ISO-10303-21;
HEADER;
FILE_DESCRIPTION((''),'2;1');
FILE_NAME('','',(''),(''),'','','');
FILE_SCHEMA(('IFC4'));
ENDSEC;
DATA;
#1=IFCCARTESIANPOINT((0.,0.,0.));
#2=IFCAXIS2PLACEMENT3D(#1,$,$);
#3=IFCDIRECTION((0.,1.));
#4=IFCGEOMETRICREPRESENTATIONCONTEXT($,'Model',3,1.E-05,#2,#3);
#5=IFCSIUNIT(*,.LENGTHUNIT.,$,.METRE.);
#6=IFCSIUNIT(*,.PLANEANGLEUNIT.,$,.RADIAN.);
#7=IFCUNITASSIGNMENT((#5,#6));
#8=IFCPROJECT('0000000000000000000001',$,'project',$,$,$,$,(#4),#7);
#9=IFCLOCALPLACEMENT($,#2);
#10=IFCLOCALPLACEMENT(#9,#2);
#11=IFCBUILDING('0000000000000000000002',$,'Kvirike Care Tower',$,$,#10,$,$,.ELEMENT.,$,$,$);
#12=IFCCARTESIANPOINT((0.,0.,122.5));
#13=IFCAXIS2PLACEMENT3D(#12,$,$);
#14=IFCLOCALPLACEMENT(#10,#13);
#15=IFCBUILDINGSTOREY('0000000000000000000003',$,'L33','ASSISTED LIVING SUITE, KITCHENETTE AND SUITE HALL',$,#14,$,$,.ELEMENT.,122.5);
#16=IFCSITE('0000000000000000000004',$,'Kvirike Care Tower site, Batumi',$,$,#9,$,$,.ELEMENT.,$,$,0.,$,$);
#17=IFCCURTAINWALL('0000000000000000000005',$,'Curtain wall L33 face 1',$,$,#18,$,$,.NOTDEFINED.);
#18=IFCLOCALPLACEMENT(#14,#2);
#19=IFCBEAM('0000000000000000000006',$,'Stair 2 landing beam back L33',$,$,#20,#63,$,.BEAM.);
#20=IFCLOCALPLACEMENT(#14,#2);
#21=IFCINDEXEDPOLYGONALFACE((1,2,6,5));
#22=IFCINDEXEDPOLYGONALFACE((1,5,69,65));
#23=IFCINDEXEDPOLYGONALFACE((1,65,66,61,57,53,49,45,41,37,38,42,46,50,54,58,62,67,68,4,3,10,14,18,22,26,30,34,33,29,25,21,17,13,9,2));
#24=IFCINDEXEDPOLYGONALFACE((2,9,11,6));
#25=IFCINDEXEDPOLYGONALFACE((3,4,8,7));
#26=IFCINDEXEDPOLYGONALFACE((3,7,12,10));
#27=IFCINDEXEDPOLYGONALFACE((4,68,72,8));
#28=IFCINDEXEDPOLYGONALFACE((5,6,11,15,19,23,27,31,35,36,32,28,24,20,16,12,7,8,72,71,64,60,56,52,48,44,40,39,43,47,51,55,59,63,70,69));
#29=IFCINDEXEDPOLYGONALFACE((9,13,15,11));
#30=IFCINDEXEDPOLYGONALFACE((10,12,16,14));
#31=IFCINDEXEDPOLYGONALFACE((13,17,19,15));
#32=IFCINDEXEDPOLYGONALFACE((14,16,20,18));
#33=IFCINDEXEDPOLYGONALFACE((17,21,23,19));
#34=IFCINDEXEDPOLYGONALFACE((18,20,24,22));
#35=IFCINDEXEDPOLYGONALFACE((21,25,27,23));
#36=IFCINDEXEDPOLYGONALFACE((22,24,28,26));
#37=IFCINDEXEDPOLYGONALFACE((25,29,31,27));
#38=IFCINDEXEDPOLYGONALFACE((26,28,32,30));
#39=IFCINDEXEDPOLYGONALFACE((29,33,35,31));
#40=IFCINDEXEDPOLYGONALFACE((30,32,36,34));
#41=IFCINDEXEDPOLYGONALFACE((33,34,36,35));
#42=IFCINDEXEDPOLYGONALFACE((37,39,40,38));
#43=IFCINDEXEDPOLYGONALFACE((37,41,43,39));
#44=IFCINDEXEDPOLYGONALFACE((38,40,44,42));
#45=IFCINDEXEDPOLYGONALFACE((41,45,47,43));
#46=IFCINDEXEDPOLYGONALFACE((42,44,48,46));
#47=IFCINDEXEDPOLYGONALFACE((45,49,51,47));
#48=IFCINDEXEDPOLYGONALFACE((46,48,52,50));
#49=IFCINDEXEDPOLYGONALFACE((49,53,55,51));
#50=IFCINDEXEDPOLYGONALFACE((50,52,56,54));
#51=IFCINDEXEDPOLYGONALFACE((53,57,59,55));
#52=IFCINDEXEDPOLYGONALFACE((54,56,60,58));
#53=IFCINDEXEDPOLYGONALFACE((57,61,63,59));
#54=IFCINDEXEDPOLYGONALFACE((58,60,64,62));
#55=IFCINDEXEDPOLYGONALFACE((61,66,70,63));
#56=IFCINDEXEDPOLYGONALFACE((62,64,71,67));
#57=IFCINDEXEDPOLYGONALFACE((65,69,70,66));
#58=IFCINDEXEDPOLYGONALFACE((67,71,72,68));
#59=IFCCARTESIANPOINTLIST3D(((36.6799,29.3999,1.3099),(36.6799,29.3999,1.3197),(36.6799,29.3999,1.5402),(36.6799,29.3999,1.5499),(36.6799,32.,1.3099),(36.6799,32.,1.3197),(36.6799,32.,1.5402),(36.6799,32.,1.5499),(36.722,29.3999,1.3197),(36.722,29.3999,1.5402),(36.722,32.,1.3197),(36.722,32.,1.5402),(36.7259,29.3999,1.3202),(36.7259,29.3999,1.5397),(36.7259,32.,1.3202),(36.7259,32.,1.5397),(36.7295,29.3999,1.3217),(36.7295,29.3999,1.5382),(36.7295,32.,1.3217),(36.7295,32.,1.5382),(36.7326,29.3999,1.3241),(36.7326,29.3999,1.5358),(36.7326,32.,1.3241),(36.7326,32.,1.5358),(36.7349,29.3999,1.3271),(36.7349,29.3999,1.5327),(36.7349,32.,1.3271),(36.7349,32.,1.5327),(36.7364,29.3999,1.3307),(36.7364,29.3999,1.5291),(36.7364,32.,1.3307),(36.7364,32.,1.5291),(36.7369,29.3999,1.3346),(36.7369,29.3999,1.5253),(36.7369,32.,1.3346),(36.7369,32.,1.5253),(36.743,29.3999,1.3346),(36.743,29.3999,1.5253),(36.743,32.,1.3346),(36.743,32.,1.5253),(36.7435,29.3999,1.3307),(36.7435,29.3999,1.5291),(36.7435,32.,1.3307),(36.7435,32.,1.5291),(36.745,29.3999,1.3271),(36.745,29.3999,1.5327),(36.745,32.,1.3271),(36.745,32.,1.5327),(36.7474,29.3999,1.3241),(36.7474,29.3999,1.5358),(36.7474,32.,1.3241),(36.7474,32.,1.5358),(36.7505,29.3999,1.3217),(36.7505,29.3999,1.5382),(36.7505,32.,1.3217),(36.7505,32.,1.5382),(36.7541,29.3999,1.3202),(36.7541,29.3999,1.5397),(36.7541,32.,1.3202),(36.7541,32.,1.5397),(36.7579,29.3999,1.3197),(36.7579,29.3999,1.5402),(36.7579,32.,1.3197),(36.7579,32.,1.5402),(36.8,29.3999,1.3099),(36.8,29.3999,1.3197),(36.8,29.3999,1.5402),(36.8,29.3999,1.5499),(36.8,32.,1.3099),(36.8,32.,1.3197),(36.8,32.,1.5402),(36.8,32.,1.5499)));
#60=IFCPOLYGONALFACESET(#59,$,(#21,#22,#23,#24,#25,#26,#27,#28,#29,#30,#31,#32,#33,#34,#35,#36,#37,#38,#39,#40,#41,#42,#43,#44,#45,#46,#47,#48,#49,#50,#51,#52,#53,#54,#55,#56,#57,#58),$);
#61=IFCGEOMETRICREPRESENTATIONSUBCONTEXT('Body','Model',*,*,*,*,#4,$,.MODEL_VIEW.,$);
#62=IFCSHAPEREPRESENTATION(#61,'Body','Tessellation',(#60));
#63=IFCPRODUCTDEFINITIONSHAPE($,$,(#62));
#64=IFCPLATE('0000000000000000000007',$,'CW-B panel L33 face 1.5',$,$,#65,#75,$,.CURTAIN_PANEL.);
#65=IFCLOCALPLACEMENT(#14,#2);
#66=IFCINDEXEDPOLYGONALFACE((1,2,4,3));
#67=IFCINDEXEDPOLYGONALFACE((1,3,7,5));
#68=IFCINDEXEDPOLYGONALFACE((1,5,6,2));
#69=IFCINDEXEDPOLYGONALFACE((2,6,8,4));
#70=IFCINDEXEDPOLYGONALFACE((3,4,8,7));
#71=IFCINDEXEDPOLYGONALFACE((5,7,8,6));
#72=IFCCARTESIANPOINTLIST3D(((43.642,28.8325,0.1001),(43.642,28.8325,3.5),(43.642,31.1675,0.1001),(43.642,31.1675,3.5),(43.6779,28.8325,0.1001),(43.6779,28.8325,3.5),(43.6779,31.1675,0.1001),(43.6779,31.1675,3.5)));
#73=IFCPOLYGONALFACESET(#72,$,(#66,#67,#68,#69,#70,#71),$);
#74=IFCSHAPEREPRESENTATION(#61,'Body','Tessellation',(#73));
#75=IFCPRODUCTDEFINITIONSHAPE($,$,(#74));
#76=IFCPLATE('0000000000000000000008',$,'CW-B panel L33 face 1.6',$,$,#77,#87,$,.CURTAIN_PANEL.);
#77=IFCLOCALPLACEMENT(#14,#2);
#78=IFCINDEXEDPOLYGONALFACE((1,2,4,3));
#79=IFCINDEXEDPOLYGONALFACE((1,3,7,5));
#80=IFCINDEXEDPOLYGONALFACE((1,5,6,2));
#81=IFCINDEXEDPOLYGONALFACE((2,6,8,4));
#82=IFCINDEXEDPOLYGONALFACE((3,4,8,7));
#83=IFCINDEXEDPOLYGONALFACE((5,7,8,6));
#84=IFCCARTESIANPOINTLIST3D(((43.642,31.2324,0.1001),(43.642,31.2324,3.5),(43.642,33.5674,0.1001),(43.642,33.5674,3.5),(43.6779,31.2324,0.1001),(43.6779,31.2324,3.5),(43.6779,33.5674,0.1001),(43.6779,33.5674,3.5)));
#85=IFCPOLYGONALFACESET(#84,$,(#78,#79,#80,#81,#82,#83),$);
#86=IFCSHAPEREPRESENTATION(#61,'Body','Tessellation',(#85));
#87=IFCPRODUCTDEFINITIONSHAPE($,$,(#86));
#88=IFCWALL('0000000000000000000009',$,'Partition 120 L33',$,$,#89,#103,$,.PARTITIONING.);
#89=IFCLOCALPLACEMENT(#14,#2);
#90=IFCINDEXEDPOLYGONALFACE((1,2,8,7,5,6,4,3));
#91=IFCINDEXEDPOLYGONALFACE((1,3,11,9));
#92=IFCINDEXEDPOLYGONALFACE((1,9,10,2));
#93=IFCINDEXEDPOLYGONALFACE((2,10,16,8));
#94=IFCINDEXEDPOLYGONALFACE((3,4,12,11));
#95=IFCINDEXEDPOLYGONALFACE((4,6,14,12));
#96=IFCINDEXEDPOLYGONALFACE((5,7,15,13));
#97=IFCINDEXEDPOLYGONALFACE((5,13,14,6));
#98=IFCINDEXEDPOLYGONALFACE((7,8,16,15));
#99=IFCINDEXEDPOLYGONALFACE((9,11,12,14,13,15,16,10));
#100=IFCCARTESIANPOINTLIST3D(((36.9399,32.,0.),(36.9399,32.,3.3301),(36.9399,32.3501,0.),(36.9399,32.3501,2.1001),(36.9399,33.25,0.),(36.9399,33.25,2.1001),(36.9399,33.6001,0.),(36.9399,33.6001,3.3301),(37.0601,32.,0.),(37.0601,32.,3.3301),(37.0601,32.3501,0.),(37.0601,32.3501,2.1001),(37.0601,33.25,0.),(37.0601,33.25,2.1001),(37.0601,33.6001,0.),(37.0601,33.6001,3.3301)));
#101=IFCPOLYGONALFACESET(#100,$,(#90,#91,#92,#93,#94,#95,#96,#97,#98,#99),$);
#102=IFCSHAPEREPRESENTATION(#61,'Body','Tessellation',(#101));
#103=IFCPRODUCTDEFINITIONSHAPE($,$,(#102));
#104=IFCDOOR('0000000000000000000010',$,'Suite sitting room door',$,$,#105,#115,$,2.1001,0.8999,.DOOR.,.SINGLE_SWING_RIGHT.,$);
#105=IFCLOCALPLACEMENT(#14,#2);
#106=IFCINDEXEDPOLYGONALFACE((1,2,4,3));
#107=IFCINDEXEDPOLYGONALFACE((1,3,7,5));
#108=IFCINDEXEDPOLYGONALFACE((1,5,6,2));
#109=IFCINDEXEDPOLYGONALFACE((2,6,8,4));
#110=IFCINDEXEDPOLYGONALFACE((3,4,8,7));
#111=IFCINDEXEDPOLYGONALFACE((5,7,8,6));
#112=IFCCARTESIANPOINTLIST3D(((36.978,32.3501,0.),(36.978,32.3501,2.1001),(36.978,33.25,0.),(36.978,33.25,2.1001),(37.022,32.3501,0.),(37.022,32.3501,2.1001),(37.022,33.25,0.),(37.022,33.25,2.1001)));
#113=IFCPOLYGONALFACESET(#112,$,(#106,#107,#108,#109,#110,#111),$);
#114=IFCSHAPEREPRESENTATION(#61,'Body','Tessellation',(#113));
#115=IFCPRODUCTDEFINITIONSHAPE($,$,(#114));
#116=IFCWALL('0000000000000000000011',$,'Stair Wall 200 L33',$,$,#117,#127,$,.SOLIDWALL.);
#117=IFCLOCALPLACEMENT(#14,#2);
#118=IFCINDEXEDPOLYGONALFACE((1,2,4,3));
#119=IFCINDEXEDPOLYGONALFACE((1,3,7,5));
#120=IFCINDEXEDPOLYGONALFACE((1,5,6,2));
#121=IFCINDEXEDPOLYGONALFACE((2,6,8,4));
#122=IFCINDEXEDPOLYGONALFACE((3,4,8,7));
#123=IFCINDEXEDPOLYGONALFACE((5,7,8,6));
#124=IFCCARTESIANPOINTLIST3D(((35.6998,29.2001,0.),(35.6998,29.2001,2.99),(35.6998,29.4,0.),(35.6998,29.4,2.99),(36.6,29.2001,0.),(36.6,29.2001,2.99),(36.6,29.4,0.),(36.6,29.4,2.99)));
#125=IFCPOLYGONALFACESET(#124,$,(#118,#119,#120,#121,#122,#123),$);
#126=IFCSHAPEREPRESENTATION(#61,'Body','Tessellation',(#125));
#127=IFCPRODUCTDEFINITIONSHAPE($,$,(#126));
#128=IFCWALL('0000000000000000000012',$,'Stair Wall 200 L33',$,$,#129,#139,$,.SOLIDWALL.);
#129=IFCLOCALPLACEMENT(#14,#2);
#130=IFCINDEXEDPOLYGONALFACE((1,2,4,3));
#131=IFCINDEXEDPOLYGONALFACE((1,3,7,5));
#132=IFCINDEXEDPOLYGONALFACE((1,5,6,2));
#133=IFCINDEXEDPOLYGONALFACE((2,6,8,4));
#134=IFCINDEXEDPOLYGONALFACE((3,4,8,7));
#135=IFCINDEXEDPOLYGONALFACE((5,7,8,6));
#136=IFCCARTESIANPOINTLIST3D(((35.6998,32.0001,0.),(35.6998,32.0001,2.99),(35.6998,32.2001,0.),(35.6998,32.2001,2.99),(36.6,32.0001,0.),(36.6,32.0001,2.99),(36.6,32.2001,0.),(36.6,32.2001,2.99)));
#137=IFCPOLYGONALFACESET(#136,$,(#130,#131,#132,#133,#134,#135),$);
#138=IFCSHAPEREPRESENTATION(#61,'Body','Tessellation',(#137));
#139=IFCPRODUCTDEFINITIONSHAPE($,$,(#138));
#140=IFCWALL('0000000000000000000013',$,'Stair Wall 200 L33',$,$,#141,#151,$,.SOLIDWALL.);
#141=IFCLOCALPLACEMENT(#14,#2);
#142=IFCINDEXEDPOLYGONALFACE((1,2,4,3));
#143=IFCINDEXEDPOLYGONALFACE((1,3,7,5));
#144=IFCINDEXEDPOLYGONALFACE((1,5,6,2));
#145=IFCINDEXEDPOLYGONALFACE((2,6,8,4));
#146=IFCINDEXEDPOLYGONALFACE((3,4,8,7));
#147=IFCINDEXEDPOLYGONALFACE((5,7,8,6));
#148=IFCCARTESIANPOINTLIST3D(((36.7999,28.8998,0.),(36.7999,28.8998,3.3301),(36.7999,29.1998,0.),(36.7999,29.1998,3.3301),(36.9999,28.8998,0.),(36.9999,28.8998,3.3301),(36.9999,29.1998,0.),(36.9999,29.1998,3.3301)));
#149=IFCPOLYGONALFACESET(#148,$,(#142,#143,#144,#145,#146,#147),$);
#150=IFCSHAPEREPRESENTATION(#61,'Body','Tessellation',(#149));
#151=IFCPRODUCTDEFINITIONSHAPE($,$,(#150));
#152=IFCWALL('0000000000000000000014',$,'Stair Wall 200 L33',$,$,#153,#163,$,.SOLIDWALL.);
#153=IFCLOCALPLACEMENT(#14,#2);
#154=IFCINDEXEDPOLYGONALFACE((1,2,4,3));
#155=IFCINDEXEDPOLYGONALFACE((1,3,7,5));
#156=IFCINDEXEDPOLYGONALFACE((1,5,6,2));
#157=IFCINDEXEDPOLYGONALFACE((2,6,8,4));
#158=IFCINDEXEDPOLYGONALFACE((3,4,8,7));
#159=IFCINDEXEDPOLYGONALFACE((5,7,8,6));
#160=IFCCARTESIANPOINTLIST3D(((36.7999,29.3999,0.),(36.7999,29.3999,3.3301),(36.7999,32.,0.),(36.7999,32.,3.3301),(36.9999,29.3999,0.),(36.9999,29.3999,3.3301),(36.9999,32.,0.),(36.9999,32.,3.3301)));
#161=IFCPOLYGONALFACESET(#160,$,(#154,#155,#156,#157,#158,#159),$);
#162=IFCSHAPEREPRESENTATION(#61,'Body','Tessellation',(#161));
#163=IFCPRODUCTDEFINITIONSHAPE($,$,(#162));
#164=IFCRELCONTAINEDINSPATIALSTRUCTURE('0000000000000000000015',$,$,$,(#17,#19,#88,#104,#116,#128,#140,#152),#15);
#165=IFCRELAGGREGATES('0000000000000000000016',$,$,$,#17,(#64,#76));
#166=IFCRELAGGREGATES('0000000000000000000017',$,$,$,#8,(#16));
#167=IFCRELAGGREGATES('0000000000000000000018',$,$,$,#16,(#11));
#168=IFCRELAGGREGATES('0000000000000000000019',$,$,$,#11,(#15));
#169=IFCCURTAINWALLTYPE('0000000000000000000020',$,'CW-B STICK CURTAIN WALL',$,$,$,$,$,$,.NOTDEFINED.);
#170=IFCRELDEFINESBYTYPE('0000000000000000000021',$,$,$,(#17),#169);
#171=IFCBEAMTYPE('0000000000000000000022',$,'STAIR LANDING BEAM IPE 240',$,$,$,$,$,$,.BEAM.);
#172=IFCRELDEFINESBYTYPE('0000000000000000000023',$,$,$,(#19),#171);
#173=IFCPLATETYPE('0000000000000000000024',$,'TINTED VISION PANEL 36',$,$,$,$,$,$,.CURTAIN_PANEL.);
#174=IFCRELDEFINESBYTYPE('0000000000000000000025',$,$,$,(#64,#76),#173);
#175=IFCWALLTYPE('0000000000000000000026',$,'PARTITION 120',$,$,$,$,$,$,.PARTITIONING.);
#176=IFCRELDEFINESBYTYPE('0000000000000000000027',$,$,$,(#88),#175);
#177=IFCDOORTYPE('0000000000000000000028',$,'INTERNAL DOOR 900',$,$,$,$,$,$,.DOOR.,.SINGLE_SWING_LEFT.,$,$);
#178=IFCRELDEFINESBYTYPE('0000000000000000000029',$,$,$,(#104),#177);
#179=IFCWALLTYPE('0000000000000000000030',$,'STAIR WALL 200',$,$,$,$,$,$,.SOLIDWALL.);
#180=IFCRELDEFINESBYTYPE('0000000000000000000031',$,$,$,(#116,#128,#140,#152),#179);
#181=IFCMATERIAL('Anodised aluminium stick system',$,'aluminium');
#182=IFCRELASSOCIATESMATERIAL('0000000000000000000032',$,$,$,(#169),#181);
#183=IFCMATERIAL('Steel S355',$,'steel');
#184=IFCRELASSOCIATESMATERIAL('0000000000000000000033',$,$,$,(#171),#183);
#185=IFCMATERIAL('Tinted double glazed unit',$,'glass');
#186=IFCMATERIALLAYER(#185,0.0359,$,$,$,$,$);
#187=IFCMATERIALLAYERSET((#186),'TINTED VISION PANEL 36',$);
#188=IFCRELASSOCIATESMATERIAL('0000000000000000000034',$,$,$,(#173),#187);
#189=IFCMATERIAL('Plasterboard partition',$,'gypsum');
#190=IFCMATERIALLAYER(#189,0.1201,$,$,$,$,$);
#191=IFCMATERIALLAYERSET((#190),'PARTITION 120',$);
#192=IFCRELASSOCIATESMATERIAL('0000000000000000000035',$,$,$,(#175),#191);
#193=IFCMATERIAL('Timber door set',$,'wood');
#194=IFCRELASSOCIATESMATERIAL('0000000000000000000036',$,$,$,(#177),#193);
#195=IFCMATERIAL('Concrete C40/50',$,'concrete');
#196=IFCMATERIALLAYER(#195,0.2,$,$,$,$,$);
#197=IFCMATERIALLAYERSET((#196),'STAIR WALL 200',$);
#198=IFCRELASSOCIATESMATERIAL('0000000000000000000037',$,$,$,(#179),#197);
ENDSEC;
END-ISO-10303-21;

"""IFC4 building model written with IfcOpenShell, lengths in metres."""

from ifc_helpers import new_model, si_unit, direction, frame, frame_2d, origin, origin_2d, place, context, subcontext, project, spatial, rectangle, i_section, extrude, material, layer, layer_set, material_profile, profile_set, type_object, element, fill, aggregate, save


model = new_model("IFC4")

# Units and contexts
model_context = context("Model", 3, precision=1e-05, world=origin(), true_north=direction((0.0, 1.0)))
body_context = subcontext(model_context, "Body", "Model", "MODEL_VIEW")
ifc_project = project(units=[si_unit("LENGTHUNIT", "METRE"), si_unit("PLANEANGLEUNIT", "RADIAN")], contexts=[model_context])

# Site, building, storey
site_placement = place(None, origin())
site = spatial("IfcSite", under=ifc_project, at=site_placement, Name="Kvirike Care Tower site, Batumi", CompositionType="ELEMENT", RefElevation=0.0)
building_placement = place(site_placement, origin())
building = spatial("IfcBuilding", under=site, at=building_placement, Name="Kvirike Care Tower", CompositionType="ELEMENT")
storey_placement = place(building_placement, frame((0.0, 0.0, 122.5)))
storey = spatial("IfcBuildingStorey", under=building, at=storey_placement, Name="L33", Description="ASSISTED LIVING SUITE, KITCHENETTE AND SUITE HALL", CompositionType="ELEMENT", Elevation=122.5)

# Curtain wall
ifc_material_1 = material(Name="Anodised aluminium stick system", Category="aluminium")
curtain_wall_type = type_object("IfcCurtainWallType", Name="CW-B STICK CURTAIN WALL", PredefinedType="NOTDEFINED", material=ifc_material_1)
curtain_wall_placement = place(storey_placement, origin())
curtain_wall = element("IfcCurtainWall", 1, at=curtain_wall_placement, inside=storey, type_object=curtain_wall_type, Name="Curtain wall L33 face 1", PredefinedType="NOTDEFINED")

# Beam
ifc_material_2 = material(Name="Steel S355", Category="steel")
ifc_material_profile_1 = material_profile(ifc_material_2, i_section(OverallWidth=0.1201, OverallDepth=0.24, WebThickness=0.0061, FlangeThickness=0.0098, FilletRadius=0.0149, at=origin_2d()), Name="IPE 240")
ifc_profile_set_1 = profile_set([ifc_material_profile_1], Name="Steel S355")
beam_type_1 = type_object("IfcBeamType", Name="STAIR LANDING BEAM IPE 240", PredefinedType="BEAM", material=ifc_profile_set_1)
beam_1_placement = place(storey_placement, frame((36.74, 29.3999, 1.4299), z_axis=(0.0, 1.0, 0.0), x_axis=(-1.0, 0.0, 0.0)))
element("IfcBeam", 2, at=beam_1_placement, inside=storey, type_object=beam_type_1, Name="Stair 2 landing beam back L33", PredefinedType="BEAM", context=body_context, shape_type="SweptSolid", body=[
    extrude(i_section(OverallWidth=0.1201, OverallDepth=0.24, WebThickness=0.0061, FlangeThickness=0.0098, FilletRadius=0.0149, at=origin_2d()), origin(), (0.0, 0.0, 1.0), 2.6001),
])

# Plates
ifc_material_3 = material(Name="Tinted double glazed unit", Category="glass")
ifc_layer_1 = layer(ifc_material_3, 0.0359)
ifc_layer_set_1 = layer_set([ifc_layer_1], Name="TINTED VISION PANEL 36")
plate_type = type_object("IfcPlateType", Name="TINTED VISION PANEL 36", PredefinedType="CURTAIN_PANEL", material=ifc_layer_set_1)
plate_1_placement = place(storey_placement, frame((43.6599, 30.0, 0.1001), z_axis=(0.0, 0.0, 1.0), x_axis=(0.0, 1.0, 0.0)))
plate_1 = element("IfcPlate", 3, at=plate_1_placement, type_object=plate_type, Name="CW-B panel L33 face 1.5", PredefinedType="CURTAIN_PANEL", context=body_context, shape_type="SweptSolid", body=[
    extrude(rectangle(XDim=2.335, YDim=0.0359, at=origin_2d()), origin(), (0.0, 0.0, 1.0), 3.3999),
])
plate_2_placement = place(storey_placement, frame((43.6599, 32.3999, 0.1001), z_axis=(0.0, 0.0, 1.0), x_axis=(0.0, 1.0, 0.0)))
plate_2 = element("IfcPlate", 4, at=plate_2_placement, type_object=plate_type, Name="CW-B panel L33 face 1.6", PredefinedType="CURTAIN_PANEL", context=body_context, shape_type="SweptSolid", body=[
    extrude(rectangle(XDim=2.335, YDim=0.0359, at=origin_2d()), origin(), (0.0, 0.0, 1.0), 3.3999),
])
aggregate(curtain_wall, [plate_1, plate_2])

# Wall, opening, door
ifc_material_4 = material(Name="Plasterboard partition", Category="gypsum")
ifc_layer_2 = layer(ifc_material_4, 0.1201)
ifc_layer_set_2 = layer_set([ifc_layer_2], Name="PARTITION 120")
wall_type_1 = type_object("IfcWallType", Name="PARTITION 120", PredefinedType="PARTITIONING", material=ifc_layer_set_2)
wall_1_placement = place(storey_placement, frame((37.0, 32.0, 0.0), z_axis=(0.0, 0.0, 1.0), x_axis=(0.0, 1.0, 0.0)))
wall_1 = element("IfcWall", 5, at=wall_1_placement, inside=storey, type_object=wall_type_1, Name="Partition 120 L33", PredefinedType="PARTITIONING", context=body_context, shape_type="SweptSolid", body=[
    extrude(rectangle(XDim=1.6001, YDim=0.1201, at=frame_2d((0.8, 0.0))), origin(), (0.0, 0.0, 1.0), 3.3301),
])
opening_placement = place(wall_1_placement, frame((0.3501, 0.0, 0.0)))
opening = element("IfcOpeningElement", 6, at=opening_placement, cuts=wall_1, PredefinedType="OPENING", context=body_context, shape_type="SweptSolid", body=[
    extrude(rectangle(XDim=0.8999, YDim=2.1001, at=frame_2d((0.45, 1.05))), frame((0.0, 0.0706, 0.0), z_axis=(0.0, -1.0, 0.0), x_axis=(1.0, 0.0, 0.0)), (0.0, 0.0, 1.0), 0.1411),
])
ifc_material_5 = material(Name="Timber door set", Category="wood")
door_type = type_object("IfcDoorType", Name="INTERNAL DOOR 900", OperationType="SINGLE_SWING_LEFT", PredefinedType="DOOR", material=ifc_material_5)
door_placement = place(opening_placement, frame((0.8999, 0.0, 0.0), z_axis=(0.0, 0.0, 1.0), x_axis=(-1.0, 0.0, 0.0)))
door = element("IfcDoor", 7, at=door_placement, inside=storey, type_object=door_type, Name="Suite sitting room door", OperationType="SINGLE_SWING_RIGHT", OverallHeight=2.1001, OverallWidth=0.8999, PredefinedType="DOOR", context=body_context, shape_type="SweptSolid", body=[
    extrude(rectangle(XDim=0.8999, YDim=2.1001, at=frame_2d((0.45, 1.05))), frame((0.0, 0.022, 0.0), z_axis=(0.0, -1.0, 0.0), x_axis=(1.0, 0.0, 0.0)), (0.0, 0.0, 1.0), 0.0439),
])
fill(opening, door)

# Walls
ifc_material_6 = material(Name="Concrete C40/50", Category="concrete")
ifc_layer_3 = layer(ifc_material_6, 0.2)
ifc_layer_set_3 = layer_set([ifc_layer_3], Name="STAIR WALL 200")
wall_type_2 = type_object("IfcWallType", Name="STAIR WALL 200", PredefinedType="SOLIDWALL", material=ifc_layer_set_3)
for number, where, z_axis, x_axis, name in (
    (8, (36.6001, 29.3, 0.0), (0.0, 0.0, 1.0), (-1.0, 0.0, 0.0), "Stair Wall 200 L33"),
    (9, (36.6001, 32.1001, 0.0), (0.0, 0.0, 1.0), (-1.0, 0.0, 0.0), "Stair Wall 200 L33"),
):
    element("IfcWall", number, at=place(storey_placement, frame(where, z_axis=z_axis, x_axis=x_axis)), inside=storey, type_object=wall_type_2, Name=name, PredefinedType="SOLIDWALL", context=body_context, shape_type="SweptSolid", body=[
        extrude(rectangle(XDim=0.9001, YDim=0.2, at=frame_2d((0.4502, 0.0))), origin(), (0.0, 0.0, 1.0), 2.99),
    ])
wall_2_placement = place(storey_placement, frame((36.8999, 28.8999, 0.0), z_axis=(0.0, 0.0, 1.0), x_axis=(0.0, 1.0, 0.0)))
element("IfcWall", 10, at=wall_2_placement, inside=storey, type_object=wall_type_2, Name="Stair Wall 200 L33", PredefinedType="SOLIDWALL", context=body_context, shape_type="SweptSolid", body=[
    extrude(rectangle(XDim=0.3, YDim=0.2, at=frame_2d((0.1499, 0.0))), origin(), (0.0, 0.0, 1.0), 3.3301),
])
wall_3_placement = place(storey_placement, frame((36.8999, 29.3999, 0.0), z_axis=(0.0, 0.0, 1.0), x_axis=(0.0, 1.0, 0.0)))
element("IfcWall", 11, at=wall_3_placement, inside=storey, type_object=wall_type_2, Name="Stair Wall 200 L33", PredefinedType="SOLIDWALL", context=body_context, shape_type="SweptSolid", body=[
    extrude(rectangle(XDim=2.6001, YDim=0.2, at=frame_2d((1.3, 0.0))), origin(), (0.0, 0.0, 1.0), 3.3301),
])

save(model, "model.ifc")
